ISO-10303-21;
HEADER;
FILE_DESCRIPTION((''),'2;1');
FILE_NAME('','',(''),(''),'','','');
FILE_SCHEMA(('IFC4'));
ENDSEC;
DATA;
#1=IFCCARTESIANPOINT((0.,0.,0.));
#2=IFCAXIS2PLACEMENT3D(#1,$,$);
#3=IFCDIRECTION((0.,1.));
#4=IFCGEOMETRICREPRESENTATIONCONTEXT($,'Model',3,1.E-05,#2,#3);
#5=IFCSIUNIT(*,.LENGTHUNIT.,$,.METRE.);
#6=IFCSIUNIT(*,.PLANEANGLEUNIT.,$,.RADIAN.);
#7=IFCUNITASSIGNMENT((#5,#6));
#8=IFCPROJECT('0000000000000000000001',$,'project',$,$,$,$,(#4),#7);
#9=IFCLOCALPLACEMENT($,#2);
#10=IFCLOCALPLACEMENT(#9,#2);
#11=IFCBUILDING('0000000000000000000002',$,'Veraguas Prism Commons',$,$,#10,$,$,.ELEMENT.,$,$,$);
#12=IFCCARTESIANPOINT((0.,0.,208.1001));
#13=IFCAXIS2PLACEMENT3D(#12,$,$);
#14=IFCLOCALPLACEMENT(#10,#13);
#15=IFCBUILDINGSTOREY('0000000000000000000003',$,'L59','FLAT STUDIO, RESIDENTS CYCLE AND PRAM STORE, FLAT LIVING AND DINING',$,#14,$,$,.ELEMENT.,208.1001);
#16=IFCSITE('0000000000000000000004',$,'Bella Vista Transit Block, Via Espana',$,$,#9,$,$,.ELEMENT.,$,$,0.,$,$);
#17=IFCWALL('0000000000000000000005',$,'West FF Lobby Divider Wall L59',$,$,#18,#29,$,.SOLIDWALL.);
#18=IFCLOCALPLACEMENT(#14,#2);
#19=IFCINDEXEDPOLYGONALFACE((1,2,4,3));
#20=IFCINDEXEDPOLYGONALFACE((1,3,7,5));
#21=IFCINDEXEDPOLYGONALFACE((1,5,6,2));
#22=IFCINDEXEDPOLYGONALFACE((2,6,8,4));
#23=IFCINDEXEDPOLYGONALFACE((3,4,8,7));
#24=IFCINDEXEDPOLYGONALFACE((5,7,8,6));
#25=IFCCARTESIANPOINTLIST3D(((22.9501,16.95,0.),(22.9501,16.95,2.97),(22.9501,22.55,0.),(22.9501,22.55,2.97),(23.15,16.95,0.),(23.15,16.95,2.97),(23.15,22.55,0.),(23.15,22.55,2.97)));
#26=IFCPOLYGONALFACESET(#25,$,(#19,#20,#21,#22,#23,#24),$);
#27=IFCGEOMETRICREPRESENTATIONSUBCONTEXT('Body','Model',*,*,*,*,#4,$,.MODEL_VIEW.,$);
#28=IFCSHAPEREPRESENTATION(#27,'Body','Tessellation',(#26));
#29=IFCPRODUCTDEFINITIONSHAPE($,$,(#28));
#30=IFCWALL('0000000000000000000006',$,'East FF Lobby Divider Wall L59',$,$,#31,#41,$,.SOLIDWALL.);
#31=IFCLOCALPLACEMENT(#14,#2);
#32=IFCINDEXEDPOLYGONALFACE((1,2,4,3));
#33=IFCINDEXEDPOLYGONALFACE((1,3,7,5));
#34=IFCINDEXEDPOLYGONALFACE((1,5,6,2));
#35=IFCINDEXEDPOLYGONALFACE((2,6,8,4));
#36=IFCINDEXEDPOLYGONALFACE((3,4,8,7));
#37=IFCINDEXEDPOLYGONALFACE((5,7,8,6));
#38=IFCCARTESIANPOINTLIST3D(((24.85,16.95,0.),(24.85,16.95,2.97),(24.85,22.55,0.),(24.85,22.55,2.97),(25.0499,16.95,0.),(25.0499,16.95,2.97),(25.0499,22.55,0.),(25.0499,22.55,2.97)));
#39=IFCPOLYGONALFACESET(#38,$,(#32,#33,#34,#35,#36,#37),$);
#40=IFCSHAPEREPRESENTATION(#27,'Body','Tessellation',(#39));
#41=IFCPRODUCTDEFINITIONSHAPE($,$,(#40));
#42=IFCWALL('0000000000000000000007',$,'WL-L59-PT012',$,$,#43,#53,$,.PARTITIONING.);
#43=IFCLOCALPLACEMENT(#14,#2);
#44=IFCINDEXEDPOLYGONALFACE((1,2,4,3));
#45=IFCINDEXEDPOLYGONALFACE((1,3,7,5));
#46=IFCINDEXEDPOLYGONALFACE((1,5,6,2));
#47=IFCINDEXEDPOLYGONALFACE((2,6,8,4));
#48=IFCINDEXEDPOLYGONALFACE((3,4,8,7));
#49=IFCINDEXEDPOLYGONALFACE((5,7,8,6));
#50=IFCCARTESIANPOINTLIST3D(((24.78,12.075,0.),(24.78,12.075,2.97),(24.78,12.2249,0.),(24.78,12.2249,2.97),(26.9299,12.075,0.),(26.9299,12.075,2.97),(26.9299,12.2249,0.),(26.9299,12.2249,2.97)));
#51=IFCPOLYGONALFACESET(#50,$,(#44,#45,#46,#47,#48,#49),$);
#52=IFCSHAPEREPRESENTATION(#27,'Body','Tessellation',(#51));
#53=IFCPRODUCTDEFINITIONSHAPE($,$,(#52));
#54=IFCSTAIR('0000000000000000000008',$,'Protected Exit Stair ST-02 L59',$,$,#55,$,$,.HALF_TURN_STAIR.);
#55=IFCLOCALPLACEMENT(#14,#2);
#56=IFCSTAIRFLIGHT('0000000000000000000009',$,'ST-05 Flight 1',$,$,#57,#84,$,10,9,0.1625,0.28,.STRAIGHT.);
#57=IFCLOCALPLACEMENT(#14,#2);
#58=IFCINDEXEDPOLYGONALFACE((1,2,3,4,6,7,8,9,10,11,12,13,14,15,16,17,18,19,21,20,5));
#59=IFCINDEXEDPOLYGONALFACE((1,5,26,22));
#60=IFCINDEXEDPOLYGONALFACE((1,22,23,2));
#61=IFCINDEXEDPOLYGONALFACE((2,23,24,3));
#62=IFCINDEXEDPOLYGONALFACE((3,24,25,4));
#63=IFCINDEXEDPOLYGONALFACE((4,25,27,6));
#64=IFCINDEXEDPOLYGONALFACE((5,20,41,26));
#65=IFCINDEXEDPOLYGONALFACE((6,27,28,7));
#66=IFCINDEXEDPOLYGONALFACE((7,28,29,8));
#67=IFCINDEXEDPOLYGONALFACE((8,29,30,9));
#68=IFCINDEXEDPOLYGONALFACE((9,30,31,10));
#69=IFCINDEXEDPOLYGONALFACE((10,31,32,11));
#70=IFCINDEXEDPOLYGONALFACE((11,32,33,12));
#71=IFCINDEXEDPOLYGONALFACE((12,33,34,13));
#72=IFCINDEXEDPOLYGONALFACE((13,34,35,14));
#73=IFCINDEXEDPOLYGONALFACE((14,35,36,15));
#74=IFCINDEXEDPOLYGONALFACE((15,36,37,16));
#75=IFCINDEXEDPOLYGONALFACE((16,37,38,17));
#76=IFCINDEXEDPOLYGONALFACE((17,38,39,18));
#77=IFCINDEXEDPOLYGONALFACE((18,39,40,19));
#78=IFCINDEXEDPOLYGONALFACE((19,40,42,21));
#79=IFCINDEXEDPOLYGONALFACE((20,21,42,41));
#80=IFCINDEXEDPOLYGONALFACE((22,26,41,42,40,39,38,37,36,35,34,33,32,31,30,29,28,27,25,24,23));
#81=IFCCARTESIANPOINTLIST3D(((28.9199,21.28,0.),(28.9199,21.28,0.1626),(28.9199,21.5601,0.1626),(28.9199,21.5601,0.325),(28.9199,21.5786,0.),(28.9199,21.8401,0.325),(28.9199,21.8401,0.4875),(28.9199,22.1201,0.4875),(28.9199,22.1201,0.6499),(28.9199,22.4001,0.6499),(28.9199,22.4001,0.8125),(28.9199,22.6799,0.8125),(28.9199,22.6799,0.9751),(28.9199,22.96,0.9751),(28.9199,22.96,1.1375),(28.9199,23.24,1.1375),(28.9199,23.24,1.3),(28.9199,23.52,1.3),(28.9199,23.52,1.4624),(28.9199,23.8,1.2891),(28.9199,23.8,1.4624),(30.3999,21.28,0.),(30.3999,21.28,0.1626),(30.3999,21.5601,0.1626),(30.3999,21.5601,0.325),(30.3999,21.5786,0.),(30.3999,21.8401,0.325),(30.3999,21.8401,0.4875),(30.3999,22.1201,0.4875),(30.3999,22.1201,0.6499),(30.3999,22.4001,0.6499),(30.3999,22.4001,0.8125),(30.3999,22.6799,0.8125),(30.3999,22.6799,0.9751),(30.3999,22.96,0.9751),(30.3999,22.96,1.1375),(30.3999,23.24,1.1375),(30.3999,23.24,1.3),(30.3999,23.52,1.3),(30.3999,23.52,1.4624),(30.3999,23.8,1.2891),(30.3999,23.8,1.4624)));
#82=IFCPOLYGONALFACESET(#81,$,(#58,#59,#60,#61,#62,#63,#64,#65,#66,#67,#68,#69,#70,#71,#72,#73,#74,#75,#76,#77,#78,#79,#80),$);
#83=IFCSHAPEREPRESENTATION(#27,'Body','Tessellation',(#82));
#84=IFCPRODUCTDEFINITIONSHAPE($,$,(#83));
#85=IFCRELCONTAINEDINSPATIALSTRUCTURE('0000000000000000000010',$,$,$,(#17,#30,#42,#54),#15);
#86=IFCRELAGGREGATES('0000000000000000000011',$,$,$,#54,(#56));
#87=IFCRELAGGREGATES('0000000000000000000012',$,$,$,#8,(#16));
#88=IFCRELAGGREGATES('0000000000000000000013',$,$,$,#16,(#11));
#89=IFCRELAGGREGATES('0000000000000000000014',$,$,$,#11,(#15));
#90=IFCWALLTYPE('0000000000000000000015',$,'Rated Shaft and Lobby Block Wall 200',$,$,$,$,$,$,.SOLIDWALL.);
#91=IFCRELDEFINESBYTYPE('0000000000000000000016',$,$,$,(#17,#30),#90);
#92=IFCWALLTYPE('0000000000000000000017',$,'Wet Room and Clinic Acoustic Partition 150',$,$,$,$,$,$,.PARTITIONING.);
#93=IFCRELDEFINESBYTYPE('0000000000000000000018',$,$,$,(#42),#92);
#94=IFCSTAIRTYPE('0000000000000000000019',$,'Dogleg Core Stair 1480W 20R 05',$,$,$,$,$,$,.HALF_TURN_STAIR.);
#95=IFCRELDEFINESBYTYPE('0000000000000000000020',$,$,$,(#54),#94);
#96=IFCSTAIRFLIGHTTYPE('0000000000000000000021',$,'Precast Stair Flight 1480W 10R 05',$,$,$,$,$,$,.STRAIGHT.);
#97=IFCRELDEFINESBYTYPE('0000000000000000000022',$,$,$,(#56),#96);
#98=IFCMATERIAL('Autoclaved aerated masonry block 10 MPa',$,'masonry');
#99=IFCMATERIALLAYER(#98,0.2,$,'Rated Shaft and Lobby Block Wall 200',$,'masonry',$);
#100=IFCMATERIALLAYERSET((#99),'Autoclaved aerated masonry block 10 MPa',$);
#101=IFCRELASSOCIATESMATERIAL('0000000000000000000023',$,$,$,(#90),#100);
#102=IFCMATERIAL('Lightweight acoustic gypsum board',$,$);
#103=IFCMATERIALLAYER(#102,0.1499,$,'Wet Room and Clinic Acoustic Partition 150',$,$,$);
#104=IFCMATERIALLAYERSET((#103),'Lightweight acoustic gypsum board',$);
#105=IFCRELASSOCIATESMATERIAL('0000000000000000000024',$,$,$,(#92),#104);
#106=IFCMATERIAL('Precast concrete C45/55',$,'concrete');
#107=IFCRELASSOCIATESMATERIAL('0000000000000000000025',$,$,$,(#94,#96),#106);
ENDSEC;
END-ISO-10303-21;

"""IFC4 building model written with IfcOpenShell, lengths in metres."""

from ifc_helpers import new_model, si_unit, direction, frame, frame_2d, origin, place, context, subcontext, project, spatial, polyline, rectangle, outline, extrude, material, layer, layer_set, type_object, element, aggregate, save


model = new_model("IFC4")

# Units and contexts
model_context = context("Model", 3, precision=1e-05, world=origin(), true_north=direction((0.0, 1.0)))
body_context = subcontext(model_context, "Body", "Model", "MODEL_VIEW")
ifc_project = project(units=[si_unit("LENGTHUNIT", "METRE"), si_unit("PLANEANGLEUNIT", "RADIAN")], contexts=[model_context])

# Site, building, storey
site_placement = place(None, origin())
site = spatial("IfcSite", under=ifc_project, at=site_placement, Name="Bella Vista Transit Block, Via Espana", CompositionType="ELEMENT", RefElevation=0.0)
building_placement = place(site_placement, origin())
building = spatial("IfcBuilding", under=site, at=building_placement, Name="Veraguas Prism Commons", CompositionType="ELEMENT")
storey_placement = place(building_placement, frame((0.0, 0.0, 208.1001)))
storey = spatial("IfcBuildingStorey", under=building, at=storey_placement, Name="L59", Description="FLAT STUDIO, RESIDENTS CYCLE AND PRAM STORE, FLAT LIVING AND DINING", CompositionType="ELEMENT", Elevation=208.1001)

# Shared definitions
ifc_material_1 = material(Name="Autoclaved aerated masonry block 10 MPa", Category="masonry")

# Shared definitions
ifc_material_2 = material(Name="Lightweight acoustic gypsum board")
ifc_layer_1 = layer(ifc_material_1, 0.2, Name="Rated Shaft and Lobby Block Wall 200", Category="masonry")
ifc_layer_set_1 = layer_set([ifc_layer_1], Name="Autoclaved aerated masonry block 10 MPa")
wall_type_1 = type_object("IfcWallType", Name="Rated Shaft and Lobby Block Wall 200", PredefinedType="SOLIDWALL", material=ifc_layer_set_1)

# Walls
for number, where, z_axis, x_axis, name in (
    (1, (23.05, 16.95, 0.0), (0.0, 0.0, 1.0), (0.0, 1.0, 0.0), "West FF Lobby Divider Wall L59"),
    (2, (24.95, 16.95, 0.0), (0.0, 0.0, 1.0), (0.0, 1.0, 0.0), "East FF Lobby Divider Wall L59"),
):
    element("IfcWall", number, at=place(storey_placement, frame(where, z_axis=z_axis, x_axis=x_axis)), inside=storey, type_object=wall_type_1, Name=name, PredefinedType="SOLIDWALL", context=body_context, shape_type="SweptSolid", body=[
        extrude(rectangle(XDim=5.6001, YDim=0.2, at=frame_2d((2.8, 0.0))), origin(), (0.0, 0.0, 1.0), 2.97),
    ])
ifc_layer_2 = layer(ifc_material_2, 0.1499, Name="Wet Room and Clinic Acoustic Partition 150")
ifc_layer_set_2 = layer_set([ifc_layer_2], Name="Lightweight acoustic gypsum board")
wall_type_2 = type_object("IfcWallType", Name="Wet Room and Clinic Acoustic Partition 150", PredefinedType="PARTITIONING", material=ifc_layer_set_2)
wall_1_placement = place(storey_placement, frame((24.78, 12.1499, 0.0), z_axis=(0.0, 0.0, 1.0), x_axis=(1.0, 0.0, 0.0)))
element("IfcWall", 3, at=wall_1_placement, inside=storey, type_object=wall_type_2, Name="WL-L59-PT012", PredefinedType="PARTITIONING", context=body_context, shape_type="SweptSolid", body=[
    extrude(rectangle(XDim=2.1499, YDim=0.1499, at=frame_2d((1.075, 0.0))), origin(), (0.0, 0.0, 1.0), 2.97),
])

# Stair, stair flight
ifc_material_3 = material(Name="Precast concrete C45/55", Category="concrete")
stair_type = type_object("IfcStairType", Name="Dogleg Core Stair 1480W 20R 05", PredefinedType="HALF_TURN_STAIR", material=ifc_material_3)
stair_placement = place(storey_placement, origin())
stair = element("IfcStair", 4, at=stair_placement, inside=storey, type_object=stair_type, Name="Protected Exit Stair ST-02 L59", PredefinedType="HALF_TURN_STAIR")
stair_flight_type = type_object("IfcStairFlightType", Name="Precast Stair Flight 1480W 10R 05", PredefinedType="STRAIGHT", material=ifc_material_3)
stair_flight_placement = place(storey_placement, frame((29.6599, 21.28, 0.0), z_axis=(0.0, 0.0, 1.0), x_axis=(0.0, 1.0, 0.0)))
stair_flight = element("IfcStairFlight", 5, at=stair_flight_placement, type_object=stair_flight_type, Name="ST-05 Flight 1", NumberOfRisers=10, NumberOfTreads=9, PredefinedType="STRAIGHT", RiserHeight=0.1625, TreadLength=0.28, context=body_context, shape_type="SweptSolid", body=[
    extrude(outline(polyline([(0.0, 0.0), (0.0, 0.1626), (0.28, 0.1626), (0.28, 0.325), (0.5601, 0.325), (0.5601, 0.4875), (0.8401, 0.4875), (0.8401, 0.6499), (1.1201, 0.6499), (1.1201, 0.8125), (1.3999, 0.8125), (1.3999, 0.9751), (1.6799, 0.9751), (1.6799, 1.1375), (1.96, 1.1375), (1.96, 1.3), (2.24, 1.3), (2.24, 1.4624), (2.52, 1.4624), (2.52, 1.625), (2.52, 1.2891), (0.2986, 0.0), (0.0, 0.0)])), frame((0.0, 0.74, 0.0), z_axis=(0.0, -1.0, 0.0), x_axis=(1.0, 0.0, 0.0)), (0.0, 0.0, 1.0), 1.48),
])
aggregate(stair, [stair_flight])

save(model, "model.ifc")
